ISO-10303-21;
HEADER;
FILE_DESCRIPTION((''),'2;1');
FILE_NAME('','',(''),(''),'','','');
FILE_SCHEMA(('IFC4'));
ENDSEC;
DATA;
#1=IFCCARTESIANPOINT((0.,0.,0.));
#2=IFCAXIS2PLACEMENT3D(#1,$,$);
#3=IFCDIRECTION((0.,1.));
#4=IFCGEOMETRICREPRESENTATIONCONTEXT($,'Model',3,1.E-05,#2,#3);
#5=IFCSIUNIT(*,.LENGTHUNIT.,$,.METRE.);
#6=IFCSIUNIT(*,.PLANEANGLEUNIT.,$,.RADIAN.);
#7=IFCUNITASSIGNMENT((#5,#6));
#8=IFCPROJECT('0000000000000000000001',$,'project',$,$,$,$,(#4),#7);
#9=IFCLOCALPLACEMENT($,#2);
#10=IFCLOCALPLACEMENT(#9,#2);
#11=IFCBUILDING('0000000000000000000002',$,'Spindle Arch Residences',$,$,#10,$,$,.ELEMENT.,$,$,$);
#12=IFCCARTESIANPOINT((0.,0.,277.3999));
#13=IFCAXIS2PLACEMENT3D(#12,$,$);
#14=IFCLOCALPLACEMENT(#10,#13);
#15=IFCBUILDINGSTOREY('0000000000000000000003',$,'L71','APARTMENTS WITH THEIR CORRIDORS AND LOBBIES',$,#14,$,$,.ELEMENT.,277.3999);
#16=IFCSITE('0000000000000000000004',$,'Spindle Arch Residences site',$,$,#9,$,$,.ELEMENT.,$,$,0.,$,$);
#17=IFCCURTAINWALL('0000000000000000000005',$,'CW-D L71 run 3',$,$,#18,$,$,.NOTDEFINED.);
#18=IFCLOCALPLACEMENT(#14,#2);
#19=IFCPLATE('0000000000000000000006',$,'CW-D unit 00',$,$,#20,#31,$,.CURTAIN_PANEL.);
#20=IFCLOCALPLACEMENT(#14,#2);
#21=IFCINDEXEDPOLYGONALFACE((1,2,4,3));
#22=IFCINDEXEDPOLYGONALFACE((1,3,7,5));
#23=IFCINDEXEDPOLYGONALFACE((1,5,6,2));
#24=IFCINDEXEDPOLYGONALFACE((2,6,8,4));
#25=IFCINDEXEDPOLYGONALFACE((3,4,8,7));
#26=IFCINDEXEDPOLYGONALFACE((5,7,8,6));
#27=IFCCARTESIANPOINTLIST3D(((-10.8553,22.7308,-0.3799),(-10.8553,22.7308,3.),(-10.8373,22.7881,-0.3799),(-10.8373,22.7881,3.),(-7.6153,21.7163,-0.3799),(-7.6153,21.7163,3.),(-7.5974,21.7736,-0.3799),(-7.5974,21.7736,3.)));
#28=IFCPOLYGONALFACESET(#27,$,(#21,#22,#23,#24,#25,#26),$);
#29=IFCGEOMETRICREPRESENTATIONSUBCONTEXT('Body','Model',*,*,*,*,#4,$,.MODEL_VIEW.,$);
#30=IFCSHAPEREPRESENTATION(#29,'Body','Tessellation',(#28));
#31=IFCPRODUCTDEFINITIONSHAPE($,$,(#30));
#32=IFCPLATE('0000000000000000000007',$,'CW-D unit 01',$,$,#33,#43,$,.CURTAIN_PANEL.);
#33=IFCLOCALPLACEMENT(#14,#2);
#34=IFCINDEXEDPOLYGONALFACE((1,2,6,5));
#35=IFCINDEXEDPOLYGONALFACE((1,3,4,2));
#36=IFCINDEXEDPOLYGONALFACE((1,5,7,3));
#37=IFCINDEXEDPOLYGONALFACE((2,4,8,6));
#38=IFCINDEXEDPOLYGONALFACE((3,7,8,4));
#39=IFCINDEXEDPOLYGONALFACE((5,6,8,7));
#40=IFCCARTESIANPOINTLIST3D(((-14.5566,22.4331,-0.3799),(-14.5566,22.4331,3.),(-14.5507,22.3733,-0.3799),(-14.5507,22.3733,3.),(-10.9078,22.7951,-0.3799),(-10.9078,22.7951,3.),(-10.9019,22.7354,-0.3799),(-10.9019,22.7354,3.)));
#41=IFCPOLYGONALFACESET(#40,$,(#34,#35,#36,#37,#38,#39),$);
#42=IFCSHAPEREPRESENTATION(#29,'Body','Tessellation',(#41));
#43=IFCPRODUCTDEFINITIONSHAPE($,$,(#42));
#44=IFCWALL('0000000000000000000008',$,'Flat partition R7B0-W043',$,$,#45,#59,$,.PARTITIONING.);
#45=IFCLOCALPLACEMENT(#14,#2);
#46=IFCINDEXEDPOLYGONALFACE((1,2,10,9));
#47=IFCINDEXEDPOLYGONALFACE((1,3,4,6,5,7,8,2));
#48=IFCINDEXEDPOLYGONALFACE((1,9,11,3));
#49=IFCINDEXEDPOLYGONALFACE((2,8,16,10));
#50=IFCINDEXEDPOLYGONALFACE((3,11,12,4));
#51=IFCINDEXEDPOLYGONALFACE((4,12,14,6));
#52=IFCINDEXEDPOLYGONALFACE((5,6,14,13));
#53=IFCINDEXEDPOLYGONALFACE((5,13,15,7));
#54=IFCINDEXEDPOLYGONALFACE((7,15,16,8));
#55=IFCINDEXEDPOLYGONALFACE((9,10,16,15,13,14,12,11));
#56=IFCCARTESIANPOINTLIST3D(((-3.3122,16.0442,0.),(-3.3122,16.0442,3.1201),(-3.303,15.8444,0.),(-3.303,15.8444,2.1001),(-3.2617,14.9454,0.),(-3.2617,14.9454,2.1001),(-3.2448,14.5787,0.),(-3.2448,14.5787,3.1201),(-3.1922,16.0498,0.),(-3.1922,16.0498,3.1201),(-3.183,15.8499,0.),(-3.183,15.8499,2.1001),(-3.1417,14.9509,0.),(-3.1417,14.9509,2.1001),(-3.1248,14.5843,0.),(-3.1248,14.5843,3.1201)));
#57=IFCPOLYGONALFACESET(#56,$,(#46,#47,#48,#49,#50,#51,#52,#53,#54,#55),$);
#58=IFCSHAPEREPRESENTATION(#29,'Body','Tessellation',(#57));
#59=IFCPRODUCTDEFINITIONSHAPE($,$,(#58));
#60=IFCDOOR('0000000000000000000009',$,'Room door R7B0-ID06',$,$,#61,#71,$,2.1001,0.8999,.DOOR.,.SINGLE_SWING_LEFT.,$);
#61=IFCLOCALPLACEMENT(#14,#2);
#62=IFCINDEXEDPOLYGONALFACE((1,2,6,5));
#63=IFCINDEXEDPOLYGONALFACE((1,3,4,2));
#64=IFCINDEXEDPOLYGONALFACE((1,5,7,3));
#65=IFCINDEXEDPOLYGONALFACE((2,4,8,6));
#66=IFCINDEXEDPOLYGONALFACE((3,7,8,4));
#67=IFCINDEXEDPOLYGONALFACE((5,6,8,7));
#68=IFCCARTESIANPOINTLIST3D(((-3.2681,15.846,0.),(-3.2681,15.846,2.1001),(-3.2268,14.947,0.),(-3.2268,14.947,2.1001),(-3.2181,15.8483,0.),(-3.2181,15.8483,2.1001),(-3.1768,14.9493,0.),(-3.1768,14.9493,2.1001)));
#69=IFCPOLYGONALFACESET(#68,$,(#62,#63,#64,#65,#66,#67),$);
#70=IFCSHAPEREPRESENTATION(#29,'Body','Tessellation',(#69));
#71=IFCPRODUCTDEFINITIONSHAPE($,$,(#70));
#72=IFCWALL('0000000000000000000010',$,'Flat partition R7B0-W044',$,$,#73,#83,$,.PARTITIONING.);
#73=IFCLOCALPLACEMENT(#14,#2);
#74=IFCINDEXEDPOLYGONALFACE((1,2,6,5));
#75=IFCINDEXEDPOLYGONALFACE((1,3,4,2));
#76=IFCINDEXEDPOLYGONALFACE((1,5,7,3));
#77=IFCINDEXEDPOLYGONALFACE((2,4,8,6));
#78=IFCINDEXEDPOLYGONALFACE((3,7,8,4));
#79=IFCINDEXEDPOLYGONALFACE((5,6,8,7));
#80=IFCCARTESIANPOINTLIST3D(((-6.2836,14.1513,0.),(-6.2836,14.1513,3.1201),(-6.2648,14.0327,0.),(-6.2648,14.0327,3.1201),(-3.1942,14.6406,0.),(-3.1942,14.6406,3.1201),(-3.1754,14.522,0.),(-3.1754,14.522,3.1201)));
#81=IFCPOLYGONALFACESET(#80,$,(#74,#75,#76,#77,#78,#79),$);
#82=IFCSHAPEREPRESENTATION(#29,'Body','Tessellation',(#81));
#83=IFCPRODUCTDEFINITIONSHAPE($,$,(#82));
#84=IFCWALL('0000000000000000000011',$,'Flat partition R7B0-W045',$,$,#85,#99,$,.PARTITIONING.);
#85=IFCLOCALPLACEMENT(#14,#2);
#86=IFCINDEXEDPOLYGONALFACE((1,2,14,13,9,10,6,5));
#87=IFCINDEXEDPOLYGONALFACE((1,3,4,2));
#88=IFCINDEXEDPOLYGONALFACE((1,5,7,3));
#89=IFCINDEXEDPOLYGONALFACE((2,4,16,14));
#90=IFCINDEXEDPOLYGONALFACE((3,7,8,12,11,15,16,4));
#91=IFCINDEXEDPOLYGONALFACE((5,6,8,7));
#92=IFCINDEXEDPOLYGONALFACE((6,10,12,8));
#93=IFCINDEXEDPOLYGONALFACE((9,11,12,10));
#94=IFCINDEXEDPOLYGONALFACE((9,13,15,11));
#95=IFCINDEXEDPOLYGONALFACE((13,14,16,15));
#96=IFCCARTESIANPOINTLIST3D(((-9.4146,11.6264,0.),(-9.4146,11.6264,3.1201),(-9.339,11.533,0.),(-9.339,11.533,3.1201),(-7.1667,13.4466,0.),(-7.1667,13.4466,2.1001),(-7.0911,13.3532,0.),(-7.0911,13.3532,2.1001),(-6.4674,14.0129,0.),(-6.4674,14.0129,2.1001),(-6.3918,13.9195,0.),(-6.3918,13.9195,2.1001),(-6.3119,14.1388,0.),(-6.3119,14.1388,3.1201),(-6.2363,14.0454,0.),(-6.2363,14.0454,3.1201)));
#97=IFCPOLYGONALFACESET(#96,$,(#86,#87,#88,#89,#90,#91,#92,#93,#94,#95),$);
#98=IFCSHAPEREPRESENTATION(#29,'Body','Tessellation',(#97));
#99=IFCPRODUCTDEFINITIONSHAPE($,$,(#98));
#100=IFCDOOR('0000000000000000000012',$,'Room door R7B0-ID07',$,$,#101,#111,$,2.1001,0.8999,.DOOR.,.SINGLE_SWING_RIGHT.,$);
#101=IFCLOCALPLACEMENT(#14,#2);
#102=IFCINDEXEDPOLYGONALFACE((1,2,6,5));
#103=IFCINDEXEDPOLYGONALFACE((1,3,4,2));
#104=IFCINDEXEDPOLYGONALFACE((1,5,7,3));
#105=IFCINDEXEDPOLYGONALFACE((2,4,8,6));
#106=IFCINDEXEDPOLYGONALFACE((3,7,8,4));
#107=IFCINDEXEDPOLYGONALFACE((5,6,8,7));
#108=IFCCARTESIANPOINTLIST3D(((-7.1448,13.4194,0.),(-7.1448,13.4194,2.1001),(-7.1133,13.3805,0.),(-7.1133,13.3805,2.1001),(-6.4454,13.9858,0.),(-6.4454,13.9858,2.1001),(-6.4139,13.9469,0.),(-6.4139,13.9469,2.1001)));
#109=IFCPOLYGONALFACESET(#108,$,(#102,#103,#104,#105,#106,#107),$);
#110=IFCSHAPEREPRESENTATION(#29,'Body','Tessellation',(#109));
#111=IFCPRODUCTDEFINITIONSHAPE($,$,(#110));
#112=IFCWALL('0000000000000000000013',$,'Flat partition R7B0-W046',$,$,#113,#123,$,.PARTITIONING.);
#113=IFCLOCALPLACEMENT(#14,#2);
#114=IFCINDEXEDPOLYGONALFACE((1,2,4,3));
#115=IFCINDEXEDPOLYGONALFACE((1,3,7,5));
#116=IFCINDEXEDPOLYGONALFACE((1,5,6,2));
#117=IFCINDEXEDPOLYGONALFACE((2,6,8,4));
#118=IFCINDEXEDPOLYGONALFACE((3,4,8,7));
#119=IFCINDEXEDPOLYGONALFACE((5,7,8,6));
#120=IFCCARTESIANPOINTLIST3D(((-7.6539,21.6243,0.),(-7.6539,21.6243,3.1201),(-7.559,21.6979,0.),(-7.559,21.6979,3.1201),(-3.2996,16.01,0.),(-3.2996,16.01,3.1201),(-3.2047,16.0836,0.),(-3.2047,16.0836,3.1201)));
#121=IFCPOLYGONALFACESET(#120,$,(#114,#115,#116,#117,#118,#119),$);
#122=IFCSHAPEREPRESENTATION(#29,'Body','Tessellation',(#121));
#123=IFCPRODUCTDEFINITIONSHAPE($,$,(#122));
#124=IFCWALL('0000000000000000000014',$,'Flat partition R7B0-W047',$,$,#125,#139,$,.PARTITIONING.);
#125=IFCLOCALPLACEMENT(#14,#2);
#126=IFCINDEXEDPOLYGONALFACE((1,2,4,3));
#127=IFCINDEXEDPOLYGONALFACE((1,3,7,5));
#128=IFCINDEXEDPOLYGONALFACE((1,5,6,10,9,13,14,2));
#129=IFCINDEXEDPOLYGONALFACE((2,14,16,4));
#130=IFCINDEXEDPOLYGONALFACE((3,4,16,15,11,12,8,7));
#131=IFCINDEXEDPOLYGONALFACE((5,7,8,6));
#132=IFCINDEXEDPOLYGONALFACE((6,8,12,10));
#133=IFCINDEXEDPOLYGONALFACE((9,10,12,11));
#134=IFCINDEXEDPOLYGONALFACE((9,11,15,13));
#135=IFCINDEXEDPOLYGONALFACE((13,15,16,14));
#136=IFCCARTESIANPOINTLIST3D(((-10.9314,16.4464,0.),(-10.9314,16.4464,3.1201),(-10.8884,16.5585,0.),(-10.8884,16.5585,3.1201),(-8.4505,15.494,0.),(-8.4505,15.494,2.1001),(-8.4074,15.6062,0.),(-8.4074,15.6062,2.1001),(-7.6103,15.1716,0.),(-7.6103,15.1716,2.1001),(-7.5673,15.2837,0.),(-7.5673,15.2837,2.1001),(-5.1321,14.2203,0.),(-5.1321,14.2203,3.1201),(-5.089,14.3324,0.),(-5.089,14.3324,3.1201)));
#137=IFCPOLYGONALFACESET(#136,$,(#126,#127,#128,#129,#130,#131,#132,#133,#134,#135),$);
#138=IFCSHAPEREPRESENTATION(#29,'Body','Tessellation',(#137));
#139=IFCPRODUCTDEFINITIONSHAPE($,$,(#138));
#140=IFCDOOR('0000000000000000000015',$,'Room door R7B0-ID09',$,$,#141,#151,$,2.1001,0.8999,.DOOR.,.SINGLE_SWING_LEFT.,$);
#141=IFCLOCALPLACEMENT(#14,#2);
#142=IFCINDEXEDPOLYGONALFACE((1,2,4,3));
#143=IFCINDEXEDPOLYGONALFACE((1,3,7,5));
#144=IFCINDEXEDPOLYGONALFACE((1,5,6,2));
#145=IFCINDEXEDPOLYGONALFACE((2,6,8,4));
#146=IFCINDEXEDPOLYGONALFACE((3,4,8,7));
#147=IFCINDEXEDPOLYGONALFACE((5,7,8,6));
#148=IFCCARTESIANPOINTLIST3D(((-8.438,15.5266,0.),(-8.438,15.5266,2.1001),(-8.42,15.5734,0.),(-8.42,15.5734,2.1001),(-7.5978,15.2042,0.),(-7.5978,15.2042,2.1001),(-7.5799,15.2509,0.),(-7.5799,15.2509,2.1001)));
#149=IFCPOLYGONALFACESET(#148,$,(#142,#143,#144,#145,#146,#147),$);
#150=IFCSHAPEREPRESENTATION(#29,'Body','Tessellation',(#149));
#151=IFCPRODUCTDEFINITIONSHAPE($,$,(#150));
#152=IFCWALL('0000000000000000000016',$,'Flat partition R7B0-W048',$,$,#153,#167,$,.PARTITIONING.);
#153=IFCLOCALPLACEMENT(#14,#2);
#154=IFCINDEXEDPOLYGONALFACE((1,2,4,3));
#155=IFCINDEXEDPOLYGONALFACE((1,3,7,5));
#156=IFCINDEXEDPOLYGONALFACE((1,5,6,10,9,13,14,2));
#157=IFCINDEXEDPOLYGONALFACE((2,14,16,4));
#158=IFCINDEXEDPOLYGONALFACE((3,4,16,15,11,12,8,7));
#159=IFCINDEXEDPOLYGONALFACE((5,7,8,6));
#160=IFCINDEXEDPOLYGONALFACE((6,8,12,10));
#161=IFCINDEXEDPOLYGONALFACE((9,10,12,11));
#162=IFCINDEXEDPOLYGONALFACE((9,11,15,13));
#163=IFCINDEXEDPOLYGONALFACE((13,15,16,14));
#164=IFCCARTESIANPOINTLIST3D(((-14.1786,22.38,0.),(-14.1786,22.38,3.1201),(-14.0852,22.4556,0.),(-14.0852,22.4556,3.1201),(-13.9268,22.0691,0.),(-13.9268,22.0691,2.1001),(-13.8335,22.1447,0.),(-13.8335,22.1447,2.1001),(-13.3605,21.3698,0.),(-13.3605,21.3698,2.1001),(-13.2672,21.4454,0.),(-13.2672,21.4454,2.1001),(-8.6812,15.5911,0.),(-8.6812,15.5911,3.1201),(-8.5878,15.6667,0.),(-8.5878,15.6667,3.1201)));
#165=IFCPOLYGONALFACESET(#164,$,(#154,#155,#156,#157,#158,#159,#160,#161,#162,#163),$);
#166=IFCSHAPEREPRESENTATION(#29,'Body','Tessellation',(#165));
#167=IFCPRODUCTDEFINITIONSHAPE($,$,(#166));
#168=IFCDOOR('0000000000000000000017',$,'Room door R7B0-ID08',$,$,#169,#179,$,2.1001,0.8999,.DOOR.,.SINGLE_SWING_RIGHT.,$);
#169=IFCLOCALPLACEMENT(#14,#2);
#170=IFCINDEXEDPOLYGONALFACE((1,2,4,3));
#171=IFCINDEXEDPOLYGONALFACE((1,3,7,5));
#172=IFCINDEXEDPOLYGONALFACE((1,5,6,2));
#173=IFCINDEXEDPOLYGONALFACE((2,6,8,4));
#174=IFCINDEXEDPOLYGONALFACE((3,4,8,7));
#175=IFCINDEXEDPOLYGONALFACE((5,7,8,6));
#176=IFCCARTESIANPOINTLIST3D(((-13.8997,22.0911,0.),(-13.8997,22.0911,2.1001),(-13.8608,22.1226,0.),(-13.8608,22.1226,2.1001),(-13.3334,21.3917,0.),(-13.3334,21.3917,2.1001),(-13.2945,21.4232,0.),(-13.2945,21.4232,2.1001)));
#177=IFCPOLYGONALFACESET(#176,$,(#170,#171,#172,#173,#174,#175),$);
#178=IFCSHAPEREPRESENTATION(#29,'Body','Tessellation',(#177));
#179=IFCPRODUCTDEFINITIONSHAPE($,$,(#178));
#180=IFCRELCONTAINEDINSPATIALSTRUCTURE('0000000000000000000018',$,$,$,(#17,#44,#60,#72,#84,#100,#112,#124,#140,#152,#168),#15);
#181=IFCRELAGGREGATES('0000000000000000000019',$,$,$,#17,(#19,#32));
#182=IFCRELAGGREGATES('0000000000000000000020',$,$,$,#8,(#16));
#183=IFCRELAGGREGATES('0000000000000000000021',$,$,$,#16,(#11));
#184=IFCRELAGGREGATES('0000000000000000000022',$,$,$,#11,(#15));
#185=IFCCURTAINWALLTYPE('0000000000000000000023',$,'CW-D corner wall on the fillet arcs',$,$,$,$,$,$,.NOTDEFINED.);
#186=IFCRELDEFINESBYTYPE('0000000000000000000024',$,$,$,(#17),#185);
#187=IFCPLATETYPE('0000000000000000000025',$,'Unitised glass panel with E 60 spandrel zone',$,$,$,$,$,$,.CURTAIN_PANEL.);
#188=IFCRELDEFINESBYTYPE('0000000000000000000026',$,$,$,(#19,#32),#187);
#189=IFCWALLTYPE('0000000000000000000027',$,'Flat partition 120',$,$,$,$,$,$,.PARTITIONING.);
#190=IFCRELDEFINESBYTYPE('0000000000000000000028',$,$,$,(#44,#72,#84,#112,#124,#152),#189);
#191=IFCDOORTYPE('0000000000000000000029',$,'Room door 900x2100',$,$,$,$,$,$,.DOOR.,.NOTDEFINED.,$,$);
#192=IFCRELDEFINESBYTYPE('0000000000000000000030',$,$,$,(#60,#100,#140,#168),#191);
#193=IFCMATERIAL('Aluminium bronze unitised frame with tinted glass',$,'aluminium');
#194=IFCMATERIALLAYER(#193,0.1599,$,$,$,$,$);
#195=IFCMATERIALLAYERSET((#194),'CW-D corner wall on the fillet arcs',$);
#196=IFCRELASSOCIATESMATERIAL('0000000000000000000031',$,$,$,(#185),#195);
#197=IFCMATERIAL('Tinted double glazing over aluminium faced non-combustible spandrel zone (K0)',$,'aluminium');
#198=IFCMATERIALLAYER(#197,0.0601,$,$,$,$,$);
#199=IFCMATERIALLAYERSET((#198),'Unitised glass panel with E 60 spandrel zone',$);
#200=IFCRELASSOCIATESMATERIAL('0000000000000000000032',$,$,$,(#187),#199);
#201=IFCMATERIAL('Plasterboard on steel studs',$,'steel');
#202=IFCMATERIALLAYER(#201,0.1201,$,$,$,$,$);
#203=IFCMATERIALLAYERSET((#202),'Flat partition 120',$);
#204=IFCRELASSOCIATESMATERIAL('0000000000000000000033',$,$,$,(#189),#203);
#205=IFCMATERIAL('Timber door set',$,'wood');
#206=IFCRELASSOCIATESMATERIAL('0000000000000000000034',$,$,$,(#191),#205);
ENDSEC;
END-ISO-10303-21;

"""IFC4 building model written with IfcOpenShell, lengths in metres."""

from ifc_helpers import new_model, si_unit, direction, frame, frame_2d, origin, origin_2d, place, context, subcontext, project, spatial, rectangle, extrude, material, layer, layer_set, type_object, element, fill, aggregate, save


model = new_model("IFC4")

# Units and contexts
model_context = context("Model", 3, precision=1e-05, world=origin(), true_north=direction((0.0, 1.0)))
body_context = subcontext(model_context, "Body", "Model", "MODEL_VIEW")
ifc_project = project(units=[si_unit("LENGTHUNIT", "METRE"), si_unit("PLANEANGLEUNIT", "RADIAN")], contexts=[model_context])

# Site, building, storey
site_placement = place(None, origin())
site = spatial("IfcSite", under=ifc_project, at=site_placement, Name="Spindle Arch Residences site", CompositionType="ELEMENT", RefElevation=0.0)
building_placement = place(site_placement, origin())
building = spatial("IfcBuilding", under=site, at=building_placement, Name="Spindle Arch Residences", CompositionType="ELEMENT")
storey_placement = place(building_placement, frame((0.0, 0.0, 277.3999)))
storey = spatial("IfcBuildingStorey", under=building, at=storey_placement, Name="L71", Description="APARTMENTS WITH THEIR CORRIDORS AND LOBBIES", CompositionType="ELEMENT", Elevation=277.3999)

# Curtain wall
ifc_material_1 = material(Name="Aluminium bronze unitised frame with tinted glass", Category="aluminium")
ifc_layer_1 = layer(ifc_material_1, 0.1599)
ifc_layer_set_1 = layer_set([ifc_layer_1], Name="CW-D corner wall on the fillet arcs")
curtain_wall_type_1 = type_object("IfcCurtainWallType", Name="CW-D corner wall on the fillet arcs", PredefinedType="NOTDEFINED", material=ifc_layer_set_1)
curtain_wall_1_placement = place(storey_placement, origin())
curtain_wall_1 = element("IfcCurtainWall", 1, at=curtain_wall_1_placement, inside=storey, type_object=curtain_wall_type_1, Name="CW-D L71 run 3", PredefinedType="NOTDEFINED")

# Shared definitions
ifc_material_2 = material(Name="Tinted double glazing over aluminium faced non-combustible spandrel zone (K0)", Category="aluminium")
ifc_layer_2 = layer(ifc_material_2, 0.0601)
ifc_layer_set_2 = layer_set([ifc_layer_2], Name="Unitised glass panel with E 60 spandrel zone")
plate_type = type_object("IfcPlateType", Name="Unitised glass panel with E 60 spandrel zone", PredefinedType="CURTAIN_PANEL", material=ifc_layer_set_2)

# Plates
plate_1_placement = place(storey_placement, frame((-9.2263, 22.2522, -0.3799), z_axis=(0.0, 0.0, 1.0), x_axis=(-0.954315, 0.298803, 0.0)))
plate_1 = element("IfcPlate", 2, at=plate_1_placement, type_object=plate_type, Name="CW-D unit 00", PredefinedType="CURTAIN_PANEL", context=body_context, shape_type="SweptSolid", body=[
    extrude(rectangle(XDim=3.395, YDim=0.0601, at=origin_2d()), origin(), (0.0, 0.0, 1.0), 3.3799),
])
plate_2_placement = place(storey_placement, frame((-12.7292, 22.5842, -0.3799), z_axis=(0.0, 0.0, 1.0), x_axis=(-0.995113, -0.098741, 0.0)))
plate_2 = element("IfcPlate", 3, at=plate_2_placement, type_object=plate_type, Name="CW-D unit 01", PredefinedType="CURTAIN_PANEL", context=body_context, shape_type="SweptSolid", body=[
    extrude(rectangle(XDim=3.6667, YDim=0.0601, at=origin_2d()), origin(), (0.0, 0.0, 1.0), 3.3799),
])
aggregate(curtain_wall_1, [plate_1, plate_2])

# Wall, opening, door
ifc_material_3 = material(Name="Plasterboard on steel studs", Category="steel")
ifc_layer_3 = layer(ifc_material_3, 0.1201)
ifc_layer_set_3 = layer_set([ifc_layer_3], Name="Flat partition 120")
wall_type = type_object("IfcWallType", Name="Flat partition 120", PredefinedType="PARTITIONING", material=ifc_layer_set_3)
wall_1_placement = place(storey_placement, frame((-3.2522, 16.0469, 0.0), z_axis=(0.0, 0.0, 1.0), x_axis=(0.045928, -0.998945, 0.0)))
wall_1 = element("IfcWall", 4, at=wall_1_placement, inside=storey, type_object=wall_type, Name="Flat partition R7B0-W043", PredefinedType="PARTITIONING", context=body_context, shape_type="SweptSolid", body=[
    extrude(rectangle(XDim=1.467, YDim=0.1201, at=frame_2d((0.7334, 0.0))), origin(), (0.0, 0.0, 1.0), 3.1201),
])
opening_1_placement = place(wall_1_placement, frame((0.2, 0.0, 0.0)))
opening_1 = element("IfcOpeningElement", 5, at=opening_1_placement, cuts=wall_1, PredefinedType="OPENING", context=body_context, shape_type="SweptSolid", body=[
    extrude(rectangle(XDim=0.8999, YDim=2.1001, at=frame_2d((0.45, 1.05))), frame((0.0, 0.0701, 0.0), z_axis=(0.0, -1.0, 0.0), x_axis=(1.0, 0.0, 0.0)), (0.0, 0.0, 1.0), 0.1401),
])
ifc_material_4 = material(Name="Timber door set", Category="wood")
door_type_1 = type_object("IfcDoorType", Name="Room door 900x2100", OperationType="NOTDEFINED", PredefinedType="DOOR", material=ifc_material_4)
door_1_placement = place(opening_1_placement, origin())
door_1 = element("IfcDoor", 6, at=door_1_placement, inside=storey, type_object=door_type_1, Name="Room door R7B0-ID06", OperationType="SINGLE_SWING_LEFT", OverallHeight=2.1001, OverallWidth=0.8999, PredefinedType="DOOR", context=body_context, shape_type="SweptSolid", body=[
    extrude(rectangle(XDim=0.8999, YDim=2.1001, at=frame_2d((0.45, 1.05))), frame((0.0, 0.0249, 0.0), z_axis=(0.0, -1.0, 0.0), x_axis=(1.0, 0.0, 0.0)), (0.0, 0.0, 1.0), 0.05),
])
fill(opening_1, door_1)

# Wall
wall_2_placement = place(storey_placement, frame((-3.1848, 14.5813, 0.0), z_axis=(0.0, 0.0, 1.0), x_axis=(-0.987691, -0.156419, 0.0)))
element("IfcWall", 7, at=wall_2_placement, inside=storey, type_object=wall_type, Name="Flat partition R7B0-W044", PredefinedType="PARTITIONING", context=body_context, shape_type="SweptSolid", body=[
    extrude(rectangle(XDim=3.1279, YDim=0.1201, at=frame_2d((1.564, 0.0))), origin(), (0.0, 0.0, 1.0), 3.1201),
])

# Wall, opening, door
wall_3_placement = place(storey_placement, frame((-6.2742, 14.092, 0.0), z_axis=(0.0, 0.0, 1.0), x_axis=(-0.777162, -0.6293, 0.0)))
wall_3 = element("IfcWall", 8, at=wall_3_placement, inside=storey, type_object=wall_type, Name="Flat partition R7B0-W045", PredefinedType="PARTITIONING", context=body_context, shape_type="SweptSolid", body=[
    extrude(rectangle(XDim=3.9924, YDim=0.1201, at=frame_2d((1.9961, 0.0))), origin(), (0.0, 0.0, 1.0), 3.1201),
])
opening_2_placement = place(wall_3_placement, frame((0.2, 0.0, 0.0)))
opening_2 = element("IfcOpeningElement", 9, at=opening_2_placement, cuts=wall_3, PredefinedType="OPENING", context=body_context, shape_type="SweptSolid", body=[
    extrude(rectangle(XDim=0.8999, YDim=2.1001, at=frame_2d((0.45, 1.05))), frame((0.0, 0.0701, 0.0), z_axis=(0.0, -1.0, 0.0), x_axis=(1.0, 0.0, 0.0)), (0.0, 0.0, 1.0), 0.1401),
])
door_2_placement = place(opening_2_placement, origin())
door_2 = element("IfcDoor", 10, at=door_2_placement, inside=storey, type_object=door_type_1, Name="Room door R7B0-ID07", OperationType="SINGLE_SWING_RIGHT", OverallHeight=2.1001, OverallWidth=0.8999, PredefinedType="DOOR", context=body_context, shape_type="SweptSolid", body=[
    extrude(rectangle(XDim=0.8999, YDim=2.1001, at=frame_2d((0.45, 1.05))), frame((0.0, 0.0249, 0.0), z_axis=(0.0, -1.0, 0.0), x_axis=(1.0, 0.0, 0.0)), (0.0, 0.0, 1.0), 0.05),
])
fill(opening_2, door_2)

# Wall
wall_4_placement = place(storey_placement, frame((-7.6064, 21.6611, 0.0), z_axis=(0.0, 0.0, 1.0), x_axis=(0.612853, -0.790197, 0.0)))
element("IfcWall", 11, at=wall_4_placement, inside=storey, type_object=wall_type, Name="Flat partition R7B0-W046", PredefinedType="PARTITIONING", context=body_context, shape_type="SweptSolid", body=[
    extrude(rectangle(XDim=7.105, YDim=0.1201, at=frame_2d((3.5525, 0.0))), origin(), (0.0, 0.0, 1.0), 3.1201),
])

# Walls, openings, doors
wall_5_placement = place(storey_placement, frame((-10.9099, 16.5024, 0.0), z_axis=(0.0, 0.0, 1.0), x_axis=(0.933584, -0.358357, 0.0)))
wall_5 = element("IfcWall", 12, at=wall_5_placement, inside=storey, type_object=wall_type, Name="Flat partition R7B0-W047", PredefinedType="PARTITIONING", context=body_context, shape_type="SweptSolid", body=[
    extrude(rectangle(XDim=6.2119, YDim=0.1201, at=frame_2d((3.106, 0.0))), origin(), (0.0, 0.0, 1.0), 3.1201),
])
opening_3_placement = place(wall_5_placement, frame((2.6575, 0.0, 0.0)))
opening_3 = element("IfcOpeningElement", 13, at=opening_3_placement, cuts=wall_5, PredefinedType="OPENING", context=body_context, shape_type="SweptSolid", body=[
    extrude(rectangle(XDim=0.8999, YDim=2.1001, at=frame_2d((0.45, 1.05))), frame((0.0, 0.0701, 0.0), z_axis=(0.0, -1.0, 0.0), x_axis=(1.0, 0.0, 0.0)), (0.0, 0.0, 1.0), 0.1401),
])
door_3_placement = place(opening_3_placement, origin())
door_3 = element("IfcDoor", 14, at=door_3_placement, inside=storey, type_object=door_type_1, Name="Room door R7B0-ID09", OperationType="SINGLE_SWING_LEFT", OverallHeight=2.1001, OverallWidth=0.8999, PredefinedType="DOOR", context=body_context, shape_type="SweptSolid", body=[
    extrude(rectangle(XDim=0.8999, YDim=2.1001, at=frame_2d((0.45, 1.05))), frame((0.0, 0.0249, 0.0), z_axis=(0.0, -1.0, 0.0), x_axis=(1.0, 0.0, 0.0)), (0.0, 0.0, 1.0), 0.05),
])
fill(opening_3, door_3)
wall_6_placement = place(storey_placement, frame((-14.1318, 22.4177, 0.0), z_axis=(0.0, 0.0, 1.0), x_axis=(0.629309, -0.777155, 0.0)))
wall_6 = element("IfcWall", 15, at=wall_6_placement, inside=storey, type_object=wall_type, Name="Flat partition R7B0-W048", PredefinedType="PARTITIONING", context=body_context, shape_type="SweptSolid", body=[
    extrude(rectangle(XDim=8.7356, YDim=0.1201, at=frame_2d((4.3677, 0.0))), origin(), (0.0, 0.0, 1.0), 3.1201),
])
opening_4_placement = place(wall_6_placement, frame((0.3999, 0.0, 0.0)))
opening_4 = element("IfcOpeningElement", 16, at=opening_4_placement, cuts=wall_6, PredefinedType="OPENING", context=body_context, shape_type="SweptSolid", body=[
    extrude(rectangle(XDim=0.8999, YDim=2.1001, at=frame_2d((0.45, 1.05))), frame((0.0, 0.0701, 0.0), z_axis=(0.0, -1.0, 0.0), x_axis=(1.0, 0.0, 0.0)), (0.0, 0.0, 1.0), 0.1401),
])
door_4_placement = place(opening_4_placement, origin())
door_4 = element("IfcDoor", 17, at=door_4_placement, inside=storey, type_object=door_type_1, Name="Room door R7B0-ID08", OperationType="SINGLE_SWING_RIGHT", OverallHeight=2.1001, OverallWidth=0.8999, PredefinedType="DOOR", context=body_context, shape_type="SweptSolid", body=[
    extrude(rectangle(XDim=0.8999, YDim=2.1001, at=frame_2d((0.45, 1.05))), frame((0.0, 0.0249, 0.0), z_axis=(0.0, -1.0, 0.0), x_axis=(1.0, 0.0, 0.0)), (0.0, 0.0, 1.0), 0.05),
])
fill(opening_4, door_4)

save(model, "model.ifc")
